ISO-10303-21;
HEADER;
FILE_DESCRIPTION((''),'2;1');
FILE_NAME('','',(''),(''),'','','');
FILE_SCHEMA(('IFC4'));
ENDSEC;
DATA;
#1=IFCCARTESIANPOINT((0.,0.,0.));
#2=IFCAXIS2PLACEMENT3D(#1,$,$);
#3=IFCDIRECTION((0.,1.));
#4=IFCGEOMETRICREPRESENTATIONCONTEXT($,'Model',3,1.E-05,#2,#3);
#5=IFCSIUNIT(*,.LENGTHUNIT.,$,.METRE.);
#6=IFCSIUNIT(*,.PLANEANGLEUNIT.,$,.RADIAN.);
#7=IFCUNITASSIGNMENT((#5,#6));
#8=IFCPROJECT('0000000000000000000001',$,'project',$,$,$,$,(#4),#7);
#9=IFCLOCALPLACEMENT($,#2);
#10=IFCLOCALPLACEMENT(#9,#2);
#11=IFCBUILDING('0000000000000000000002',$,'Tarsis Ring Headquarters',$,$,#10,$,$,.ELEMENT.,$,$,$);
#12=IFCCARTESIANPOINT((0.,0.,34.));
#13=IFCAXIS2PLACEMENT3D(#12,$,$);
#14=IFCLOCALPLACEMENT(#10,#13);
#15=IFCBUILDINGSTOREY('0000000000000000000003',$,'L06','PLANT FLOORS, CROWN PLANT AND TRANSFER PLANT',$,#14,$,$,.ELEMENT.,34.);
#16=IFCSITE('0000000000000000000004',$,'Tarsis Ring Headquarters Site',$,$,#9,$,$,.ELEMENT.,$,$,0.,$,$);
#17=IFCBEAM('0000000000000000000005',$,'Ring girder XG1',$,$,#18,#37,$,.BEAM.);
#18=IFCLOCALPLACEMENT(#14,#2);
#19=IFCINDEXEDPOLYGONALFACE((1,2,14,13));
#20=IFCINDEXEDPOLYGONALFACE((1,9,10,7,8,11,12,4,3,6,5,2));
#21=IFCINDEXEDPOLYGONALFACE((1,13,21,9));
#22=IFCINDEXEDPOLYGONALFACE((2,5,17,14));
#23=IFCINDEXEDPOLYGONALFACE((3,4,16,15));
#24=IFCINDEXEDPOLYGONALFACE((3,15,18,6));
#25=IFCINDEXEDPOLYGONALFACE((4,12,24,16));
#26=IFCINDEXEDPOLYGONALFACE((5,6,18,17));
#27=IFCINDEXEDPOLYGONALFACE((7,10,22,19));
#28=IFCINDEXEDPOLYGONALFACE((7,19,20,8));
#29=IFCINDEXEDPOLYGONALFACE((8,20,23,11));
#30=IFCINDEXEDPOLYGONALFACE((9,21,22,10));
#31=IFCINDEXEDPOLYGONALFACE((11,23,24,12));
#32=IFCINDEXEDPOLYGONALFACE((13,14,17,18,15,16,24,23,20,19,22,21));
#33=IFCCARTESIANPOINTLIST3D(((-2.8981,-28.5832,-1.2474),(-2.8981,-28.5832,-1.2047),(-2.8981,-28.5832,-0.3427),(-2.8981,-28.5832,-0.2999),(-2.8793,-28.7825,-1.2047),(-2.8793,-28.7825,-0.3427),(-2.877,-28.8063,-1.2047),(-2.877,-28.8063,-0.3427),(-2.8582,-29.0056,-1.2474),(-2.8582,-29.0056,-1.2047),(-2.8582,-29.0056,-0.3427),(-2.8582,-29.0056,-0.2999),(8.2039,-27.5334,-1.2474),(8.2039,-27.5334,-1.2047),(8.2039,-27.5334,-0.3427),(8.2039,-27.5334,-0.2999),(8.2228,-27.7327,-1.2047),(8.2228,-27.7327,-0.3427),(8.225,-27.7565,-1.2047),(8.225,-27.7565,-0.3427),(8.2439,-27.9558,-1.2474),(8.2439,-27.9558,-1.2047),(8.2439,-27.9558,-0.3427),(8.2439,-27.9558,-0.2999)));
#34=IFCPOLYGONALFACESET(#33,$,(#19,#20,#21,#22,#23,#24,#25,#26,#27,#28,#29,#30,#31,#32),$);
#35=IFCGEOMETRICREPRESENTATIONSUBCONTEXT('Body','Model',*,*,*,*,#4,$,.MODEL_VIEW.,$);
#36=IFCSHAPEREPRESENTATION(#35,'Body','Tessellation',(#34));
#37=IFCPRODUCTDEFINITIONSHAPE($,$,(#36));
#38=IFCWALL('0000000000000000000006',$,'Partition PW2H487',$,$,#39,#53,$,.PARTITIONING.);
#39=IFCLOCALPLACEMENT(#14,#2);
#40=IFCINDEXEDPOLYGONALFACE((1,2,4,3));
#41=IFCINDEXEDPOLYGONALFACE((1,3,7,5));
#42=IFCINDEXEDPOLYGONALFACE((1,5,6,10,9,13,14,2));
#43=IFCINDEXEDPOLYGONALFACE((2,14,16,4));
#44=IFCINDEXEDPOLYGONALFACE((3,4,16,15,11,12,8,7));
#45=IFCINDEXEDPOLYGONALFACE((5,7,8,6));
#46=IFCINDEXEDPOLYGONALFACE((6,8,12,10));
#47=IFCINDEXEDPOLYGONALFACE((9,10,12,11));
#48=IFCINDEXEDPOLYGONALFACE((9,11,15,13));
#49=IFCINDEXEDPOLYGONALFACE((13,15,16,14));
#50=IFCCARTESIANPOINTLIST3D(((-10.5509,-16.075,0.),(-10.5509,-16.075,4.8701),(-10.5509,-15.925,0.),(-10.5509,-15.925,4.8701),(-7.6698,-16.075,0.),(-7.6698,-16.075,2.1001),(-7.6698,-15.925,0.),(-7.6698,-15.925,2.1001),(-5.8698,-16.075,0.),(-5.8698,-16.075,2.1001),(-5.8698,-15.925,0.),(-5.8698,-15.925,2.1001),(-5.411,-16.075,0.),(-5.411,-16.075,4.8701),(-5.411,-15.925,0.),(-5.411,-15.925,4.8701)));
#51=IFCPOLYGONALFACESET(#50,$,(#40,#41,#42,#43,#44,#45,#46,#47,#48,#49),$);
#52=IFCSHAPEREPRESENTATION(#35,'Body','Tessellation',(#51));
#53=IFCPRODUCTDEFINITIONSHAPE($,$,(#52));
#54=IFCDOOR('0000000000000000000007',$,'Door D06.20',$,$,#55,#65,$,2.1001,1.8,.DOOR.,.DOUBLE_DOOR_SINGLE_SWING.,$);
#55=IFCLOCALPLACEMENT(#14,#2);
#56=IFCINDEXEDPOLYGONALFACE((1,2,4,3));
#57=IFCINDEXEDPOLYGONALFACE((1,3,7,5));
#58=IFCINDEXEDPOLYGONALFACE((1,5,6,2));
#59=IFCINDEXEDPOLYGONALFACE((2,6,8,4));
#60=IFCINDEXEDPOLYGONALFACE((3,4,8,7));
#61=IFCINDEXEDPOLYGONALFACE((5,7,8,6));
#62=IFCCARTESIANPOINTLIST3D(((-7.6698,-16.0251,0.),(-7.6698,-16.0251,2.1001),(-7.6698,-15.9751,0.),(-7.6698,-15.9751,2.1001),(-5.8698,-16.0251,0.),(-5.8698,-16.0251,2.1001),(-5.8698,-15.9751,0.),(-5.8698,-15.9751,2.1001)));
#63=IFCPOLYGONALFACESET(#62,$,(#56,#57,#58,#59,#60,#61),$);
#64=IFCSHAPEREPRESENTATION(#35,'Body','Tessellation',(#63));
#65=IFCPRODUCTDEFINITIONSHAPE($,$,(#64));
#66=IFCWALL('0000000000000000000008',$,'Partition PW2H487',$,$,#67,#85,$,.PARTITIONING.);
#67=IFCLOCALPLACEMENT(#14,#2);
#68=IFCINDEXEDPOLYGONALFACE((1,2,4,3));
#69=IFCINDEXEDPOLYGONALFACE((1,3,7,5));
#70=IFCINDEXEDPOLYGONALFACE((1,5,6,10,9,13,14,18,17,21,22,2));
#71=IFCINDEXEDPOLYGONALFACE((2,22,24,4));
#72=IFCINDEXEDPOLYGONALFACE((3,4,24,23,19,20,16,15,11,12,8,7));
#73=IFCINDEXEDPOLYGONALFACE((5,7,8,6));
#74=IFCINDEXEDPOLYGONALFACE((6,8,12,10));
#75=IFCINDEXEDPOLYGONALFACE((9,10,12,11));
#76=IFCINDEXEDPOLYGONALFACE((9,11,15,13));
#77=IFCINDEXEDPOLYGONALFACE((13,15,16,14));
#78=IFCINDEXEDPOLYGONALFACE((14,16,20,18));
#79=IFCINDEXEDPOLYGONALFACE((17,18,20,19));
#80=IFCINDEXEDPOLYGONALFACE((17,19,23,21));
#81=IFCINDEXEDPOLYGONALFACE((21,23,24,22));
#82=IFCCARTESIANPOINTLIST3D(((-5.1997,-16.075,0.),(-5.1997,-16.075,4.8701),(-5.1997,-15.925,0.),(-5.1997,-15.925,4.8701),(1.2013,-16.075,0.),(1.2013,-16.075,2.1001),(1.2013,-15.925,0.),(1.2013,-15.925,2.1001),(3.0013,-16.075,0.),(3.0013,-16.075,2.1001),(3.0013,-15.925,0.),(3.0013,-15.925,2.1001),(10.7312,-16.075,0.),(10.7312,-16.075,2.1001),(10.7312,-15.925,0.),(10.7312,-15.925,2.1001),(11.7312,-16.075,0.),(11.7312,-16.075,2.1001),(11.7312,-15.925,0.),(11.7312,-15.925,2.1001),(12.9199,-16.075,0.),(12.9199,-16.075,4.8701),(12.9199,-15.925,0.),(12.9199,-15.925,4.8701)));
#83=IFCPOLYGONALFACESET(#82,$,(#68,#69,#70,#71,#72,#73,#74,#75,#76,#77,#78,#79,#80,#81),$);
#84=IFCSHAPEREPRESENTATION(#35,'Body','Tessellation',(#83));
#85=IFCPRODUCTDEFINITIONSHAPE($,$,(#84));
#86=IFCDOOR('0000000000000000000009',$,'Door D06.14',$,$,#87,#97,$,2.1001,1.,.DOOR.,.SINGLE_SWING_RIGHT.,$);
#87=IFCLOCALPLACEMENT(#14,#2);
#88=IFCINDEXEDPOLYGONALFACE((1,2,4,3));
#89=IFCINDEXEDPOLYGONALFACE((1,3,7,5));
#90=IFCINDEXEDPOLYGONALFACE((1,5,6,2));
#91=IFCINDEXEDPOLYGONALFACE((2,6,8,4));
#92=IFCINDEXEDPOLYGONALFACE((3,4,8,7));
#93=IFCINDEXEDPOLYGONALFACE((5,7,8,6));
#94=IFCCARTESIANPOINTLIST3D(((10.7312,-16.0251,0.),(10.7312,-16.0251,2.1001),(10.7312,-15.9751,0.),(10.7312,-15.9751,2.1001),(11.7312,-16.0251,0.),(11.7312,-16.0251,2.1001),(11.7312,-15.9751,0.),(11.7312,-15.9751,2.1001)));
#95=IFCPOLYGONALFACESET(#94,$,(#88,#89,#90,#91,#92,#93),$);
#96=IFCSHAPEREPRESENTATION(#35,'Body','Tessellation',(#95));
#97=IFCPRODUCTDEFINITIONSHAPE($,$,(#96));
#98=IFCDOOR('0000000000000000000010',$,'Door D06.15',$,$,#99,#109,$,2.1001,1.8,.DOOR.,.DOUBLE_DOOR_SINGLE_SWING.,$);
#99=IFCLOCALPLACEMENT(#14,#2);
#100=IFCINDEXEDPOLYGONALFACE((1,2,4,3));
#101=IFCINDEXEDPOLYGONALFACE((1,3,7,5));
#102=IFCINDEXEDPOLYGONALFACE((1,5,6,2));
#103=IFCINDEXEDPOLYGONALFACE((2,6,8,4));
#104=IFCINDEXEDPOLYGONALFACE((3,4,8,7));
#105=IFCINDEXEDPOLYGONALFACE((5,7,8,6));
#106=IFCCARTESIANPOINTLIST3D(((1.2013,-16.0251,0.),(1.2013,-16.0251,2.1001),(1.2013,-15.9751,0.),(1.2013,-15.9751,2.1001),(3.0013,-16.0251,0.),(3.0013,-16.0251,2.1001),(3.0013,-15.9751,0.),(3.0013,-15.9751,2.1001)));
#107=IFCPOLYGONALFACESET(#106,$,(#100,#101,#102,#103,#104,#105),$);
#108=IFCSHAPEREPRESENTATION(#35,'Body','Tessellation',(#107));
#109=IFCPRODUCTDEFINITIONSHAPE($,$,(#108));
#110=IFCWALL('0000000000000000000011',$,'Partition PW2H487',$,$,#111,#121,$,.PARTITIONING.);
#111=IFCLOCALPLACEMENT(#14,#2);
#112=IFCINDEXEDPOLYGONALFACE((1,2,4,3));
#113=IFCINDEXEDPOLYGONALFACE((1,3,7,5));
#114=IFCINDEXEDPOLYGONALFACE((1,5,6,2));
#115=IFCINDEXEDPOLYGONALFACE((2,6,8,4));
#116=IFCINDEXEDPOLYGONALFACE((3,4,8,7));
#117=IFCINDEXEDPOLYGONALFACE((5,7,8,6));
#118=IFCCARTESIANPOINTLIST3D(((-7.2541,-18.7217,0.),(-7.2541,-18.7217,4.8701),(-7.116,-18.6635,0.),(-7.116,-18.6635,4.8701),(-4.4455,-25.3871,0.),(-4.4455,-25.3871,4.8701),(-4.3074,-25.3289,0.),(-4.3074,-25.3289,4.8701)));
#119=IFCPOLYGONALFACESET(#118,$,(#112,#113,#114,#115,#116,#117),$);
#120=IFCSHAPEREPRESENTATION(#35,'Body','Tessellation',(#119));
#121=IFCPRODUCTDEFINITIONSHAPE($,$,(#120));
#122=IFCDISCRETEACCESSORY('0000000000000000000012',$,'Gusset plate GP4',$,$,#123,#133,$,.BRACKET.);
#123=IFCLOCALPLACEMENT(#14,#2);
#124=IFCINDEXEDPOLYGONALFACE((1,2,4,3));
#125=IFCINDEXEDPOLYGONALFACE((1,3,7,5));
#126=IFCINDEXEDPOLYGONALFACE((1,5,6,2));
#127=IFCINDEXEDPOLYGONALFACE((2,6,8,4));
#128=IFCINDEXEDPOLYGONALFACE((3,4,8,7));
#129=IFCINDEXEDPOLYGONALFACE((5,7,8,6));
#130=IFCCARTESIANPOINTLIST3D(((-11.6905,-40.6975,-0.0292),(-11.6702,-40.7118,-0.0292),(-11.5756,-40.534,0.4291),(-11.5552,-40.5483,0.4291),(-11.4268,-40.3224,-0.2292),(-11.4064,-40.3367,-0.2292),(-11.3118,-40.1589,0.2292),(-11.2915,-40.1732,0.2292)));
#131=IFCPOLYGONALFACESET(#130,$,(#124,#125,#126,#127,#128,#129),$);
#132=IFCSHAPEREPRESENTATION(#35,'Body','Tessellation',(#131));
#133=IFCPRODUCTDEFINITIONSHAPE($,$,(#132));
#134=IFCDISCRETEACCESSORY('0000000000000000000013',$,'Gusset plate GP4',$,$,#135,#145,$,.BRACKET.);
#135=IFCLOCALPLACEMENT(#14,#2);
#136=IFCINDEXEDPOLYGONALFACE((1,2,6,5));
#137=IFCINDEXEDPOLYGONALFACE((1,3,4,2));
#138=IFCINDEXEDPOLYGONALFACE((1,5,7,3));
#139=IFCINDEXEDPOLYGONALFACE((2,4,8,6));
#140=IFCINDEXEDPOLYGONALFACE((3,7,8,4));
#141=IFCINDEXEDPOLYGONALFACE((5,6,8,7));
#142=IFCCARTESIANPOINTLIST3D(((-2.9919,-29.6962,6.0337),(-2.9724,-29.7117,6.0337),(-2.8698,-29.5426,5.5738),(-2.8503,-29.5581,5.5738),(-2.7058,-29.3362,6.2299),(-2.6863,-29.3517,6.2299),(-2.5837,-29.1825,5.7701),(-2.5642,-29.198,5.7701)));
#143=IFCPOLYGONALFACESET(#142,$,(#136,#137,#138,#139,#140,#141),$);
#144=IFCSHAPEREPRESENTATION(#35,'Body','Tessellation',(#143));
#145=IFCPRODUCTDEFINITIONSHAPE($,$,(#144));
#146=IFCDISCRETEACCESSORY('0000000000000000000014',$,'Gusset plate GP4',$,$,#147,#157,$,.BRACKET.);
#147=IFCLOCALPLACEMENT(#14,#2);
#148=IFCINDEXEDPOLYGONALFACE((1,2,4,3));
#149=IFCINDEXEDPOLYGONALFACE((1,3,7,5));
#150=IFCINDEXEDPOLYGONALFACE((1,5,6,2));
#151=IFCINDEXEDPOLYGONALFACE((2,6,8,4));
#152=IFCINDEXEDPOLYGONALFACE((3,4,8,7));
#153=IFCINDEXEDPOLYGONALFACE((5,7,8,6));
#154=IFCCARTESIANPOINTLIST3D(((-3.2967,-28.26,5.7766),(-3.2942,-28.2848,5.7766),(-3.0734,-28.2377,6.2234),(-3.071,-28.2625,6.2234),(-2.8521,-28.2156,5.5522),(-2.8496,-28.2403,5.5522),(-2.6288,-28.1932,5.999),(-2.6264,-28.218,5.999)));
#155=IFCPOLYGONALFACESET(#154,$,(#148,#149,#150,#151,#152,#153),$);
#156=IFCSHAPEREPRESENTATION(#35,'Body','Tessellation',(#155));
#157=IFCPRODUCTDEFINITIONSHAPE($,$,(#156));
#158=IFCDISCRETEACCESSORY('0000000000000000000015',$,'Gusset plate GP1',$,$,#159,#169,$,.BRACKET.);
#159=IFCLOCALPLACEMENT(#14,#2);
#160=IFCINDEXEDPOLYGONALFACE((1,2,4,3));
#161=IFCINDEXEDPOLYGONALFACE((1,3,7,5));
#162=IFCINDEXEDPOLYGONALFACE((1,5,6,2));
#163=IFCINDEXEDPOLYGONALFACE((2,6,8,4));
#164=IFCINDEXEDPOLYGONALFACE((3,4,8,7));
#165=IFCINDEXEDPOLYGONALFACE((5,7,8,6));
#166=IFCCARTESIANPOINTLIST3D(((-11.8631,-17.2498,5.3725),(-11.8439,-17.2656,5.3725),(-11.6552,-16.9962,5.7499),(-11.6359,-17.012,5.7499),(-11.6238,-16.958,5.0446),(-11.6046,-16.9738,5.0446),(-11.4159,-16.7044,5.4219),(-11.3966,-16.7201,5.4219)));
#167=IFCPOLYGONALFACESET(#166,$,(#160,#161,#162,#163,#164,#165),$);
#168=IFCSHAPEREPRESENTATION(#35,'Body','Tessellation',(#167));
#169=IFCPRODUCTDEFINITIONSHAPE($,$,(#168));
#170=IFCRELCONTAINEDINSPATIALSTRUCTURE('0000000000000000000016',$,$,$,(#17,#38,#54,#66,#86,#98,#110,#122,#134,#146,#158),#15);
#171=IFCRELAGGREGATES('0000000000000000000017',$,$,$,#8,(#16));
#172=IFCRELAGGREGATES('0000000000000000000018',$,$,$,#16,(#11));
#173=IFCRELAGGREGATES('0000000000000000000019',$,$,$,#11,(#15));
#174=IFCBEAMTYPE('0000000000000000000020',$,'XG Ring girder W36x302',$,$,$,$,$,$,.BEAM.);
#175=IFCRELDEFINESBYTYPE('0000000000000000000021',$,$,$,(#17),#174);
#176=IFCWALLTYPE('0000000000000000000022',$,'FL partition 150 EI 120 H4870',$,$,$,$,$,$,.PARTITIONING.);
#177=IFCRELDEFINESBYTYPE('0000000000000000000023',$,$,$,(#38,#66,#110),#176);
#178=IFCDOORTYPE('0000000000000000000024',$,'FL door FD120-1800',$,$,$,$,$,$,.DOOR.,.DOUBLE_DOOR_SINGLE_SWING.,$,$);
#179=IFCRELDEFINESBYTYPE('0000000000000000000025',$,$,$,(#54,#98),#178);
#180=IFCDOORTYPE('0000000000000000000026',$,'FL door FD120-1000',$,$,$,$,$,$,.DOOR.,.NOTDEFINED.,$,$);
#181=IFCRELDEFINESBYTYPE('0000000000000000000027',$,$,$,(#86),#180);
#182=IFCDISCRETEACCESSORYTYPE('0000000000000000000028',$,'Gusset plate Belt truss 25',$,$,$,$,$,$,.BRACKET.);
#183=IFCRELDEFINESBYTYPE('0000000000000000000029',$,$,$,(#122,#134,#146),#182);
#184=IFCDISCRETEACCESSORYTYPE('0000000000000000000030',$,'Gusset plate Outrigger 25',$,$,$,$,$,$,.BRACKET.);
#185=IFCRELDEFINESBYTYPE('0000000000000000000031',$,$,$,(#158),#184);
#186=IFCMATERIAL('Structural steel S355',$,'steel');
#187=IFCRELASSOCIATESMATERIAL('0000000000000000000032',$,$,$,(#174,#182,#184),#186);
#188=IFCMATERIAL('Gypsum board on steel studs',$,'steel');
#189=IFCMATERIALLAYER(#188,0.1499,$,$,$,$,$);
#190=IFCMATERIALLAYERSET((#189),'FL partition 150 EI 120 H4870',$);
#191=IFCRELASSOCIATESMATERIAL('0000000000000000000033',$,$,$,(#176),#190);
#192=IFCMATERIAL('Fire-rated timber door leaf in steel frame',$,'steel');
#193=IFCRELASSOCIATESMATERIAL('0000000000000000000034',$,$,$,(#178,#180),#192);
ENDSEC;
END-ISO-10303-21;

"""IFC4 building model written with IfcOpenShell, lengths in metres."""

from ifc_helpers import new_model, si_unit, direction, frame, frame_2d, origin, origin_2d, place, context, subcontext, project, spatial, rectangle, i_section, extrude, material, layer, layer_set, material_profile, profile_set, type_object, element, fill, save


model = new_model("IFC4")

# Units and contexts
model_context = context("Model", 3, precision=1e-05, world=origin(), true_north=direction((0.0, 1.0)))
body_context = subcontext(model_context, "Body", "Model", "MODEL_VIEW")
ifc_project = project(units=[si_unit("LENGTHUNIT", "METRE"), si_unit("PLANEANGLEUNIT", "RADIAN")], contexts=[model_context])

# Site, building, storey
site_placement = place(None, origin())
site = spatial("IfcSite", under=ifc_project, at=site_placement, Name="Tarsis Ring Headquarters Site", CompositionType="ELEMENT", RefElevation=0.0)
building_placement = place(site_placement, origin())
building = spatial("IfcBuilding", under=site, at=building_placement, Name="Tarsis Ring Headquarters", CompositionType="ELEMENT")
storey_placement = place(building_placement, frame((0.0, 0.0, 34.0)))
storey = spatial("IfcBuildingStorey", under=building, at=storey_placement, Name="L06", Description="PLANT FLOORS, CROWN PLANT AND TRANSFER PLANT", CompositionType="ELEMENT", Elevation=34.0)

# Shared definitions
ifc_material_1 = material(Name="Structural steel S355", Category="steel")

# Beam
ifc_material_profile_1 = material_profile(ifc_material_1, i_section(OverallWidth=0.4243, OverallDepth=0.9475, WebThickness=0.0239, FlangeThickness=0.0427, at=origin_2d()), Name="W36x302")
ifc_profile_set_1 = profile_set([ifc_material_profile_1], Name="Structural steel S355")
beam_type = type_object("IfcBeamType", Name="XG Ring girder W36x302", PredefinedType="BEAM", material=ifc_profile_set_1)
beam_1_placement = place(storey_placement, frame((-2.8782, -28.7944, -0.7737), z_axis=(0.995559, 0.09414, 0.0), x_axis=(-0.09414, 0.995559, 0.0)))
element("IfcBeam", 1, at=beam_1_placement, inside=storey, type_object=beam_type, Name="Ring girder XG1", PredefinedType="BEAM", context=body_context, shape_type="SweptSolid", body=[
    extrude(i_section(OverallWidth=0.4243, OverallDepth=0.9475, WebThickness=0.0239, FlangeThickness=0.0427, at=origin_2d()), origin(), (0.0, 0.0, 1.0), 11.1516),
])

# Wall, opening, door
ifc_material_2 = material(Name="Gypsum board on steel studs", Category="steel")
ifc_layer = layer(ifc_material_2, 0.1499)
ifc_layer_set = layer_set([ifc_layer], Name="FL partition 150 EI 120 H4870")
wall_type = type_object("IfcWallType", Name="FL partition 150 EI 120 H4870", PredefinedType="PARTITIONING", material=ifc_layer_set)
wall_1_placement = place(storey_placement, frame((-10.5508, -16.0, 0.0), z_axis=(0.0, 0.0, 1.0), x_axis=(1.0, 0.0, 0.0)))
wall_1 = element("IfcWall", 2, at=wall_1_placement, inside=storey, type_object=wall_type, Name="Partition PW2H487", PredefinedType="PARTITIONING", context=body_context, shape_type="SweptSolid", body=[
    extrude(rectangle(XDim=5.1399, YDim=0.1499, at=frame_2d((2.5698, 0.0))), origin(), (0.0, 0.0, 1.0), 4.8701),
])
opening_1_placement = place(wall_1_placement, frame((2.8811, 0.0, 0.0)))
opening_1 = element("IfcOpeningElement", 3, at=opening_1_placement, cuts=wall_1, PredefinedType="OPENING", context=body_context, shape_type="SweptSolid", body=[
    extrude(rectangle(XDim=1.8, YDim=2.1001, at=frame_2d((0.8999, 1.05))), frame((0.0, 0.085, 0.0), z_axis=(0.0, -1.0, 0.0), x_axis=(1.0, 0.0, 0.0)), (0.0, 0.0, 1.0), 0.1699),
])
ifc_material_3 = material(Name="Fire-rated timber door leaf in steel frame", Category="steel")
door_type_1 = type_object("IfcDoorType", Name="FL door FD120-1800", OperationType="DOUBLE_DOOR_SINGLE_SWING", PredefinedType="DOOR", material=ifc_material_3)
door_1_placement = place(opening_1_placement, origin())
door_1 = element("IfcDoor", 4, at=door_1_placement, inside=storey, type_object=door_type_1, Name="Door D06.20", OperationType="DOUBLE_DOOR_SINGLE_SWING", OverallHeight=2.1001, OverallWidth=1.8, PredefinedType="DOOR", context=body_context, shape_type="SweptSolid", body=[
    extrude(rectangle(XDim=1.8, YDim=2.1001, at=frame_2d((0.8999, 1.05))), frame((0.0, 0.0249, 0.0), z_axis=(0.0, -1.0, 0.0), x_axis=(1.0, 0.0, 0.0)), (0.0, 0.0, 1.0), 0.05),
])
fill(opening_1, door_1)

# Wall, openings, doors
wall_2_placement = place(storey_placement, frame((-5.1997, -16.0, 0.0), z_axis=(0.0, 0.0, 1.0), x_axis=(1.0, 0.0, 0.0)))
wall_2 = element("IfcWall", 5, at=wall_2_placement, inside=storey, type_object=wall_type, Name="Partition PW2H487", PredefinedType="PARTITIONING", context=body_context, shape_type="SweptSolid", body=[
    extrude(rectangle(XDim=18.1196, YDim=0.1499, at=frame_2d((9.0598, 0.0))), origin(), (0.0, 0.0, 1.0), 4.8701),
])
opening_2_placement = place(wall_2_placement, frame((15.9309, 0.0, 0.0)))
opening_2 = element("IfcOpeningElement", 6, at=opening_2_placement, cuts=wall_2, PredefinedType="OPENING", context=body_context, shape_type="SweptSolid", body=[
    extrude(rectangle(XDim=1.0, YDim=2.1001, at=frame_2d((0.5, 1.05))), frame((0.0, 0.085, 0.0), z_axis=(0.0, -1.0, 0.0), x_axis=(1.0, 0.0, 0.0)), (0.0, 0.0, 1.0), 0.1699),
])
opening_3_placement = place(wall_2_placement, frame((6.4011, 0.0, 0.0)))
opening_3 = element("IfcOpeningElement", 7, at=opening_3_placement, cuts=wall_2, PredefinedType="OPENING", context=body_context, shape_type="SweptSolid", body=[
    extrude(rectangle(XDim=1.8, YDim=2.1001, at=frame_2d((0.8999, 1.05))), frame((0.0, 0.085, 0.0), z_axis=(0.0, -1.0, 0.0), x_axis=(1.0, 0.0, 0.0)), (0.0, 0.0, 1.0), 0.1699),
])
door_type_2 = type_object("IfcDoorType", Name="FL door FD120-1000", OperationType="NOTDEFINED", PredefinedType="DOOR", material=ifc_material_3)
door_2_placement = place(opening_2_placement, origin())
door_2 = element("IfcDoor", 8, at=door_2_placement, inside=storey, type_object=door_type_2, Name="Door D06.14", OperationType="SINGLE_SWING_RIGHT", OverallHeight=2.1001, OverallWidth=1.0, PredefinedType="DOOR", context=body_context, shape_type="SweptSolid", body=[
    extrude(rectangle(XDim=1.0, YDim=2.1001, at=frame_2d((0.5, 1.05))), frame((0.0, 0.0249, 0.0), z_axis=(0.0, -1.0, 0.0), x_axis=(1.0, 0.0, 0.0)), (0.0, 0.0, 1.0), 0.05),
])
fill(opening_2, door_2)
door_3_placement = place(opening_3_placement, origin())
door_3 = element("IfcDoor", 9, at=door_3_placement, inside=storey, type_object=door_type_1, Name="Door D06.15", OperationType="DOUBLE_DOOR_SINGLE_SWING", OverallHeight=2.1001, OverallWidth=1.8, PredefinedType="DOOR", context=body_context, shape_type="SweptSolid", body=[
    extrude(rectangle(XDim=1.8, YDim=2.1001, at=frame_2d((0.8999, 1.05))), frame((0.0, 0.0249, 0.0), z_axis=(0.0, -1.0, 0.0), x_axis=(1.0, 0.0, 0.0)), (0.0, 0.0, 1.0), 0.05),
])
fill(opening_3, door_3)

# Wall
wall_3_placement = place(storey_placement, frame((-7.1851, -18.6926, 0.0), z_axis=(0.0, 0.0, 1.0), x_axis=(0.388311, -0.921529, 0.0)))
element("IfcWall", 10, at=wall_3_placement, inside=storey, type_object=wall_type, Name="Partition PW2H487", PredefinedType="PARTITIONING", context=body_context, shape_type="SweptSolid", body=[
    extrude(rectangle(XDim=7.2329, YDim=0.1499, at=frame_2d((3.6165, 0.0))), origin(), (0.0, 0.0, 1.0), 4.8701),
])

# Discrete accessories
ifc_material_profile_2 = material_profile(ifc_material_1, rectangle(XDim=0.0249, YDim=0.5, at=origin_2d()), Name="PL 25x500")
ifc_profile_set_2 = profile_set([ifc_material_profile_2], Name="Structural steel S355")
discrete_accessory_type_1 = type_object("IfcDiscreteAccessoryType", Name="Gusset plate Belt truss 25", PredefinedType="BRACKET", material=ifc_profile_set_2)
discrete_accessory_1_placement = place(storey_placement, frame((-11.3591, -40.2478, 0.0), z_axis=(-0.527208, -0.749808, 0.3998), x_axis=(0.818029, -0.575177, 0.0)))
element("IfcDiscreteAccessory", 11, at=discrete_accessory_1_placement, inside=storey, type_object=discrete_accessory_type_1, Name="Gusset plate GP4", PredefinedType="BRACKET", context=body_context, shape_type="SweptSolid", body=[
    extrude(rectangle(XDim=0.0249, YDim=0.5, at=origin_2d()), origin(), (0.0, 0.0, 1.0), 0.5002),
])
for number, where, z_axis, x_axis, name in (
    (12, (-2.635, -29.2671, 6.0), (-0.572176, -0.720101, -0.392516), (0.782936, -0.622102, 0.0), "Gusset plate GP4"),
    (13, (-3.1838, -28.2612, 6.0), (0.889221, 0.088873, -0.448761), (-0.09945, 0.995043, 0.0), "Gusset plate GP4"),
):
    element("IfcDiscreteAccessory", number, at=place(storey_placement, frame(where, z_axis=z_axis, x_axis=x_axis)), inside=storey, type_object=discrete_accessory_type_1, Name=name, PredefinedType="BRACKET", context=body_context, shape_type="SweptSolid", body=[
        extrude(rectangle(XDim=0.0249, YDim=0.5, at=origin_2d()), origin(), (0.0, 0.0, 1.0), 0.5),
    ])
discrete_accessory_type_2 = type_object("IfcDiscreteAccessoryType", Name="Gusset plate Outrigger 25", PredefinedType="BRACKET", material=ifc_profile_set_2)
discrete_accessory_2_placement = place(storey_placement, frame((-11.5259, -16.8582, 5.5859), z_axis=(-0.415954, -0.507249, -0.754772), x_axis=(0.77326, -0.634088, 0.0)))
element("IfcDiscreteAccessory", 14, at=discrete_accessory_2_placement, inside=storey, type_object=discrete_accessory_type_2, Name="Gusset plate GP1", PredefinedType="BRACKET", context=body_context, shape_type="SweptSolid", body=[
    extrude(rectangle(XDim=0.0249, YDim=0.5, at=origin_2d()), origin(), (0.0, 0.0, 1.0), 0.5),
])

save(model, "model.ifc")
